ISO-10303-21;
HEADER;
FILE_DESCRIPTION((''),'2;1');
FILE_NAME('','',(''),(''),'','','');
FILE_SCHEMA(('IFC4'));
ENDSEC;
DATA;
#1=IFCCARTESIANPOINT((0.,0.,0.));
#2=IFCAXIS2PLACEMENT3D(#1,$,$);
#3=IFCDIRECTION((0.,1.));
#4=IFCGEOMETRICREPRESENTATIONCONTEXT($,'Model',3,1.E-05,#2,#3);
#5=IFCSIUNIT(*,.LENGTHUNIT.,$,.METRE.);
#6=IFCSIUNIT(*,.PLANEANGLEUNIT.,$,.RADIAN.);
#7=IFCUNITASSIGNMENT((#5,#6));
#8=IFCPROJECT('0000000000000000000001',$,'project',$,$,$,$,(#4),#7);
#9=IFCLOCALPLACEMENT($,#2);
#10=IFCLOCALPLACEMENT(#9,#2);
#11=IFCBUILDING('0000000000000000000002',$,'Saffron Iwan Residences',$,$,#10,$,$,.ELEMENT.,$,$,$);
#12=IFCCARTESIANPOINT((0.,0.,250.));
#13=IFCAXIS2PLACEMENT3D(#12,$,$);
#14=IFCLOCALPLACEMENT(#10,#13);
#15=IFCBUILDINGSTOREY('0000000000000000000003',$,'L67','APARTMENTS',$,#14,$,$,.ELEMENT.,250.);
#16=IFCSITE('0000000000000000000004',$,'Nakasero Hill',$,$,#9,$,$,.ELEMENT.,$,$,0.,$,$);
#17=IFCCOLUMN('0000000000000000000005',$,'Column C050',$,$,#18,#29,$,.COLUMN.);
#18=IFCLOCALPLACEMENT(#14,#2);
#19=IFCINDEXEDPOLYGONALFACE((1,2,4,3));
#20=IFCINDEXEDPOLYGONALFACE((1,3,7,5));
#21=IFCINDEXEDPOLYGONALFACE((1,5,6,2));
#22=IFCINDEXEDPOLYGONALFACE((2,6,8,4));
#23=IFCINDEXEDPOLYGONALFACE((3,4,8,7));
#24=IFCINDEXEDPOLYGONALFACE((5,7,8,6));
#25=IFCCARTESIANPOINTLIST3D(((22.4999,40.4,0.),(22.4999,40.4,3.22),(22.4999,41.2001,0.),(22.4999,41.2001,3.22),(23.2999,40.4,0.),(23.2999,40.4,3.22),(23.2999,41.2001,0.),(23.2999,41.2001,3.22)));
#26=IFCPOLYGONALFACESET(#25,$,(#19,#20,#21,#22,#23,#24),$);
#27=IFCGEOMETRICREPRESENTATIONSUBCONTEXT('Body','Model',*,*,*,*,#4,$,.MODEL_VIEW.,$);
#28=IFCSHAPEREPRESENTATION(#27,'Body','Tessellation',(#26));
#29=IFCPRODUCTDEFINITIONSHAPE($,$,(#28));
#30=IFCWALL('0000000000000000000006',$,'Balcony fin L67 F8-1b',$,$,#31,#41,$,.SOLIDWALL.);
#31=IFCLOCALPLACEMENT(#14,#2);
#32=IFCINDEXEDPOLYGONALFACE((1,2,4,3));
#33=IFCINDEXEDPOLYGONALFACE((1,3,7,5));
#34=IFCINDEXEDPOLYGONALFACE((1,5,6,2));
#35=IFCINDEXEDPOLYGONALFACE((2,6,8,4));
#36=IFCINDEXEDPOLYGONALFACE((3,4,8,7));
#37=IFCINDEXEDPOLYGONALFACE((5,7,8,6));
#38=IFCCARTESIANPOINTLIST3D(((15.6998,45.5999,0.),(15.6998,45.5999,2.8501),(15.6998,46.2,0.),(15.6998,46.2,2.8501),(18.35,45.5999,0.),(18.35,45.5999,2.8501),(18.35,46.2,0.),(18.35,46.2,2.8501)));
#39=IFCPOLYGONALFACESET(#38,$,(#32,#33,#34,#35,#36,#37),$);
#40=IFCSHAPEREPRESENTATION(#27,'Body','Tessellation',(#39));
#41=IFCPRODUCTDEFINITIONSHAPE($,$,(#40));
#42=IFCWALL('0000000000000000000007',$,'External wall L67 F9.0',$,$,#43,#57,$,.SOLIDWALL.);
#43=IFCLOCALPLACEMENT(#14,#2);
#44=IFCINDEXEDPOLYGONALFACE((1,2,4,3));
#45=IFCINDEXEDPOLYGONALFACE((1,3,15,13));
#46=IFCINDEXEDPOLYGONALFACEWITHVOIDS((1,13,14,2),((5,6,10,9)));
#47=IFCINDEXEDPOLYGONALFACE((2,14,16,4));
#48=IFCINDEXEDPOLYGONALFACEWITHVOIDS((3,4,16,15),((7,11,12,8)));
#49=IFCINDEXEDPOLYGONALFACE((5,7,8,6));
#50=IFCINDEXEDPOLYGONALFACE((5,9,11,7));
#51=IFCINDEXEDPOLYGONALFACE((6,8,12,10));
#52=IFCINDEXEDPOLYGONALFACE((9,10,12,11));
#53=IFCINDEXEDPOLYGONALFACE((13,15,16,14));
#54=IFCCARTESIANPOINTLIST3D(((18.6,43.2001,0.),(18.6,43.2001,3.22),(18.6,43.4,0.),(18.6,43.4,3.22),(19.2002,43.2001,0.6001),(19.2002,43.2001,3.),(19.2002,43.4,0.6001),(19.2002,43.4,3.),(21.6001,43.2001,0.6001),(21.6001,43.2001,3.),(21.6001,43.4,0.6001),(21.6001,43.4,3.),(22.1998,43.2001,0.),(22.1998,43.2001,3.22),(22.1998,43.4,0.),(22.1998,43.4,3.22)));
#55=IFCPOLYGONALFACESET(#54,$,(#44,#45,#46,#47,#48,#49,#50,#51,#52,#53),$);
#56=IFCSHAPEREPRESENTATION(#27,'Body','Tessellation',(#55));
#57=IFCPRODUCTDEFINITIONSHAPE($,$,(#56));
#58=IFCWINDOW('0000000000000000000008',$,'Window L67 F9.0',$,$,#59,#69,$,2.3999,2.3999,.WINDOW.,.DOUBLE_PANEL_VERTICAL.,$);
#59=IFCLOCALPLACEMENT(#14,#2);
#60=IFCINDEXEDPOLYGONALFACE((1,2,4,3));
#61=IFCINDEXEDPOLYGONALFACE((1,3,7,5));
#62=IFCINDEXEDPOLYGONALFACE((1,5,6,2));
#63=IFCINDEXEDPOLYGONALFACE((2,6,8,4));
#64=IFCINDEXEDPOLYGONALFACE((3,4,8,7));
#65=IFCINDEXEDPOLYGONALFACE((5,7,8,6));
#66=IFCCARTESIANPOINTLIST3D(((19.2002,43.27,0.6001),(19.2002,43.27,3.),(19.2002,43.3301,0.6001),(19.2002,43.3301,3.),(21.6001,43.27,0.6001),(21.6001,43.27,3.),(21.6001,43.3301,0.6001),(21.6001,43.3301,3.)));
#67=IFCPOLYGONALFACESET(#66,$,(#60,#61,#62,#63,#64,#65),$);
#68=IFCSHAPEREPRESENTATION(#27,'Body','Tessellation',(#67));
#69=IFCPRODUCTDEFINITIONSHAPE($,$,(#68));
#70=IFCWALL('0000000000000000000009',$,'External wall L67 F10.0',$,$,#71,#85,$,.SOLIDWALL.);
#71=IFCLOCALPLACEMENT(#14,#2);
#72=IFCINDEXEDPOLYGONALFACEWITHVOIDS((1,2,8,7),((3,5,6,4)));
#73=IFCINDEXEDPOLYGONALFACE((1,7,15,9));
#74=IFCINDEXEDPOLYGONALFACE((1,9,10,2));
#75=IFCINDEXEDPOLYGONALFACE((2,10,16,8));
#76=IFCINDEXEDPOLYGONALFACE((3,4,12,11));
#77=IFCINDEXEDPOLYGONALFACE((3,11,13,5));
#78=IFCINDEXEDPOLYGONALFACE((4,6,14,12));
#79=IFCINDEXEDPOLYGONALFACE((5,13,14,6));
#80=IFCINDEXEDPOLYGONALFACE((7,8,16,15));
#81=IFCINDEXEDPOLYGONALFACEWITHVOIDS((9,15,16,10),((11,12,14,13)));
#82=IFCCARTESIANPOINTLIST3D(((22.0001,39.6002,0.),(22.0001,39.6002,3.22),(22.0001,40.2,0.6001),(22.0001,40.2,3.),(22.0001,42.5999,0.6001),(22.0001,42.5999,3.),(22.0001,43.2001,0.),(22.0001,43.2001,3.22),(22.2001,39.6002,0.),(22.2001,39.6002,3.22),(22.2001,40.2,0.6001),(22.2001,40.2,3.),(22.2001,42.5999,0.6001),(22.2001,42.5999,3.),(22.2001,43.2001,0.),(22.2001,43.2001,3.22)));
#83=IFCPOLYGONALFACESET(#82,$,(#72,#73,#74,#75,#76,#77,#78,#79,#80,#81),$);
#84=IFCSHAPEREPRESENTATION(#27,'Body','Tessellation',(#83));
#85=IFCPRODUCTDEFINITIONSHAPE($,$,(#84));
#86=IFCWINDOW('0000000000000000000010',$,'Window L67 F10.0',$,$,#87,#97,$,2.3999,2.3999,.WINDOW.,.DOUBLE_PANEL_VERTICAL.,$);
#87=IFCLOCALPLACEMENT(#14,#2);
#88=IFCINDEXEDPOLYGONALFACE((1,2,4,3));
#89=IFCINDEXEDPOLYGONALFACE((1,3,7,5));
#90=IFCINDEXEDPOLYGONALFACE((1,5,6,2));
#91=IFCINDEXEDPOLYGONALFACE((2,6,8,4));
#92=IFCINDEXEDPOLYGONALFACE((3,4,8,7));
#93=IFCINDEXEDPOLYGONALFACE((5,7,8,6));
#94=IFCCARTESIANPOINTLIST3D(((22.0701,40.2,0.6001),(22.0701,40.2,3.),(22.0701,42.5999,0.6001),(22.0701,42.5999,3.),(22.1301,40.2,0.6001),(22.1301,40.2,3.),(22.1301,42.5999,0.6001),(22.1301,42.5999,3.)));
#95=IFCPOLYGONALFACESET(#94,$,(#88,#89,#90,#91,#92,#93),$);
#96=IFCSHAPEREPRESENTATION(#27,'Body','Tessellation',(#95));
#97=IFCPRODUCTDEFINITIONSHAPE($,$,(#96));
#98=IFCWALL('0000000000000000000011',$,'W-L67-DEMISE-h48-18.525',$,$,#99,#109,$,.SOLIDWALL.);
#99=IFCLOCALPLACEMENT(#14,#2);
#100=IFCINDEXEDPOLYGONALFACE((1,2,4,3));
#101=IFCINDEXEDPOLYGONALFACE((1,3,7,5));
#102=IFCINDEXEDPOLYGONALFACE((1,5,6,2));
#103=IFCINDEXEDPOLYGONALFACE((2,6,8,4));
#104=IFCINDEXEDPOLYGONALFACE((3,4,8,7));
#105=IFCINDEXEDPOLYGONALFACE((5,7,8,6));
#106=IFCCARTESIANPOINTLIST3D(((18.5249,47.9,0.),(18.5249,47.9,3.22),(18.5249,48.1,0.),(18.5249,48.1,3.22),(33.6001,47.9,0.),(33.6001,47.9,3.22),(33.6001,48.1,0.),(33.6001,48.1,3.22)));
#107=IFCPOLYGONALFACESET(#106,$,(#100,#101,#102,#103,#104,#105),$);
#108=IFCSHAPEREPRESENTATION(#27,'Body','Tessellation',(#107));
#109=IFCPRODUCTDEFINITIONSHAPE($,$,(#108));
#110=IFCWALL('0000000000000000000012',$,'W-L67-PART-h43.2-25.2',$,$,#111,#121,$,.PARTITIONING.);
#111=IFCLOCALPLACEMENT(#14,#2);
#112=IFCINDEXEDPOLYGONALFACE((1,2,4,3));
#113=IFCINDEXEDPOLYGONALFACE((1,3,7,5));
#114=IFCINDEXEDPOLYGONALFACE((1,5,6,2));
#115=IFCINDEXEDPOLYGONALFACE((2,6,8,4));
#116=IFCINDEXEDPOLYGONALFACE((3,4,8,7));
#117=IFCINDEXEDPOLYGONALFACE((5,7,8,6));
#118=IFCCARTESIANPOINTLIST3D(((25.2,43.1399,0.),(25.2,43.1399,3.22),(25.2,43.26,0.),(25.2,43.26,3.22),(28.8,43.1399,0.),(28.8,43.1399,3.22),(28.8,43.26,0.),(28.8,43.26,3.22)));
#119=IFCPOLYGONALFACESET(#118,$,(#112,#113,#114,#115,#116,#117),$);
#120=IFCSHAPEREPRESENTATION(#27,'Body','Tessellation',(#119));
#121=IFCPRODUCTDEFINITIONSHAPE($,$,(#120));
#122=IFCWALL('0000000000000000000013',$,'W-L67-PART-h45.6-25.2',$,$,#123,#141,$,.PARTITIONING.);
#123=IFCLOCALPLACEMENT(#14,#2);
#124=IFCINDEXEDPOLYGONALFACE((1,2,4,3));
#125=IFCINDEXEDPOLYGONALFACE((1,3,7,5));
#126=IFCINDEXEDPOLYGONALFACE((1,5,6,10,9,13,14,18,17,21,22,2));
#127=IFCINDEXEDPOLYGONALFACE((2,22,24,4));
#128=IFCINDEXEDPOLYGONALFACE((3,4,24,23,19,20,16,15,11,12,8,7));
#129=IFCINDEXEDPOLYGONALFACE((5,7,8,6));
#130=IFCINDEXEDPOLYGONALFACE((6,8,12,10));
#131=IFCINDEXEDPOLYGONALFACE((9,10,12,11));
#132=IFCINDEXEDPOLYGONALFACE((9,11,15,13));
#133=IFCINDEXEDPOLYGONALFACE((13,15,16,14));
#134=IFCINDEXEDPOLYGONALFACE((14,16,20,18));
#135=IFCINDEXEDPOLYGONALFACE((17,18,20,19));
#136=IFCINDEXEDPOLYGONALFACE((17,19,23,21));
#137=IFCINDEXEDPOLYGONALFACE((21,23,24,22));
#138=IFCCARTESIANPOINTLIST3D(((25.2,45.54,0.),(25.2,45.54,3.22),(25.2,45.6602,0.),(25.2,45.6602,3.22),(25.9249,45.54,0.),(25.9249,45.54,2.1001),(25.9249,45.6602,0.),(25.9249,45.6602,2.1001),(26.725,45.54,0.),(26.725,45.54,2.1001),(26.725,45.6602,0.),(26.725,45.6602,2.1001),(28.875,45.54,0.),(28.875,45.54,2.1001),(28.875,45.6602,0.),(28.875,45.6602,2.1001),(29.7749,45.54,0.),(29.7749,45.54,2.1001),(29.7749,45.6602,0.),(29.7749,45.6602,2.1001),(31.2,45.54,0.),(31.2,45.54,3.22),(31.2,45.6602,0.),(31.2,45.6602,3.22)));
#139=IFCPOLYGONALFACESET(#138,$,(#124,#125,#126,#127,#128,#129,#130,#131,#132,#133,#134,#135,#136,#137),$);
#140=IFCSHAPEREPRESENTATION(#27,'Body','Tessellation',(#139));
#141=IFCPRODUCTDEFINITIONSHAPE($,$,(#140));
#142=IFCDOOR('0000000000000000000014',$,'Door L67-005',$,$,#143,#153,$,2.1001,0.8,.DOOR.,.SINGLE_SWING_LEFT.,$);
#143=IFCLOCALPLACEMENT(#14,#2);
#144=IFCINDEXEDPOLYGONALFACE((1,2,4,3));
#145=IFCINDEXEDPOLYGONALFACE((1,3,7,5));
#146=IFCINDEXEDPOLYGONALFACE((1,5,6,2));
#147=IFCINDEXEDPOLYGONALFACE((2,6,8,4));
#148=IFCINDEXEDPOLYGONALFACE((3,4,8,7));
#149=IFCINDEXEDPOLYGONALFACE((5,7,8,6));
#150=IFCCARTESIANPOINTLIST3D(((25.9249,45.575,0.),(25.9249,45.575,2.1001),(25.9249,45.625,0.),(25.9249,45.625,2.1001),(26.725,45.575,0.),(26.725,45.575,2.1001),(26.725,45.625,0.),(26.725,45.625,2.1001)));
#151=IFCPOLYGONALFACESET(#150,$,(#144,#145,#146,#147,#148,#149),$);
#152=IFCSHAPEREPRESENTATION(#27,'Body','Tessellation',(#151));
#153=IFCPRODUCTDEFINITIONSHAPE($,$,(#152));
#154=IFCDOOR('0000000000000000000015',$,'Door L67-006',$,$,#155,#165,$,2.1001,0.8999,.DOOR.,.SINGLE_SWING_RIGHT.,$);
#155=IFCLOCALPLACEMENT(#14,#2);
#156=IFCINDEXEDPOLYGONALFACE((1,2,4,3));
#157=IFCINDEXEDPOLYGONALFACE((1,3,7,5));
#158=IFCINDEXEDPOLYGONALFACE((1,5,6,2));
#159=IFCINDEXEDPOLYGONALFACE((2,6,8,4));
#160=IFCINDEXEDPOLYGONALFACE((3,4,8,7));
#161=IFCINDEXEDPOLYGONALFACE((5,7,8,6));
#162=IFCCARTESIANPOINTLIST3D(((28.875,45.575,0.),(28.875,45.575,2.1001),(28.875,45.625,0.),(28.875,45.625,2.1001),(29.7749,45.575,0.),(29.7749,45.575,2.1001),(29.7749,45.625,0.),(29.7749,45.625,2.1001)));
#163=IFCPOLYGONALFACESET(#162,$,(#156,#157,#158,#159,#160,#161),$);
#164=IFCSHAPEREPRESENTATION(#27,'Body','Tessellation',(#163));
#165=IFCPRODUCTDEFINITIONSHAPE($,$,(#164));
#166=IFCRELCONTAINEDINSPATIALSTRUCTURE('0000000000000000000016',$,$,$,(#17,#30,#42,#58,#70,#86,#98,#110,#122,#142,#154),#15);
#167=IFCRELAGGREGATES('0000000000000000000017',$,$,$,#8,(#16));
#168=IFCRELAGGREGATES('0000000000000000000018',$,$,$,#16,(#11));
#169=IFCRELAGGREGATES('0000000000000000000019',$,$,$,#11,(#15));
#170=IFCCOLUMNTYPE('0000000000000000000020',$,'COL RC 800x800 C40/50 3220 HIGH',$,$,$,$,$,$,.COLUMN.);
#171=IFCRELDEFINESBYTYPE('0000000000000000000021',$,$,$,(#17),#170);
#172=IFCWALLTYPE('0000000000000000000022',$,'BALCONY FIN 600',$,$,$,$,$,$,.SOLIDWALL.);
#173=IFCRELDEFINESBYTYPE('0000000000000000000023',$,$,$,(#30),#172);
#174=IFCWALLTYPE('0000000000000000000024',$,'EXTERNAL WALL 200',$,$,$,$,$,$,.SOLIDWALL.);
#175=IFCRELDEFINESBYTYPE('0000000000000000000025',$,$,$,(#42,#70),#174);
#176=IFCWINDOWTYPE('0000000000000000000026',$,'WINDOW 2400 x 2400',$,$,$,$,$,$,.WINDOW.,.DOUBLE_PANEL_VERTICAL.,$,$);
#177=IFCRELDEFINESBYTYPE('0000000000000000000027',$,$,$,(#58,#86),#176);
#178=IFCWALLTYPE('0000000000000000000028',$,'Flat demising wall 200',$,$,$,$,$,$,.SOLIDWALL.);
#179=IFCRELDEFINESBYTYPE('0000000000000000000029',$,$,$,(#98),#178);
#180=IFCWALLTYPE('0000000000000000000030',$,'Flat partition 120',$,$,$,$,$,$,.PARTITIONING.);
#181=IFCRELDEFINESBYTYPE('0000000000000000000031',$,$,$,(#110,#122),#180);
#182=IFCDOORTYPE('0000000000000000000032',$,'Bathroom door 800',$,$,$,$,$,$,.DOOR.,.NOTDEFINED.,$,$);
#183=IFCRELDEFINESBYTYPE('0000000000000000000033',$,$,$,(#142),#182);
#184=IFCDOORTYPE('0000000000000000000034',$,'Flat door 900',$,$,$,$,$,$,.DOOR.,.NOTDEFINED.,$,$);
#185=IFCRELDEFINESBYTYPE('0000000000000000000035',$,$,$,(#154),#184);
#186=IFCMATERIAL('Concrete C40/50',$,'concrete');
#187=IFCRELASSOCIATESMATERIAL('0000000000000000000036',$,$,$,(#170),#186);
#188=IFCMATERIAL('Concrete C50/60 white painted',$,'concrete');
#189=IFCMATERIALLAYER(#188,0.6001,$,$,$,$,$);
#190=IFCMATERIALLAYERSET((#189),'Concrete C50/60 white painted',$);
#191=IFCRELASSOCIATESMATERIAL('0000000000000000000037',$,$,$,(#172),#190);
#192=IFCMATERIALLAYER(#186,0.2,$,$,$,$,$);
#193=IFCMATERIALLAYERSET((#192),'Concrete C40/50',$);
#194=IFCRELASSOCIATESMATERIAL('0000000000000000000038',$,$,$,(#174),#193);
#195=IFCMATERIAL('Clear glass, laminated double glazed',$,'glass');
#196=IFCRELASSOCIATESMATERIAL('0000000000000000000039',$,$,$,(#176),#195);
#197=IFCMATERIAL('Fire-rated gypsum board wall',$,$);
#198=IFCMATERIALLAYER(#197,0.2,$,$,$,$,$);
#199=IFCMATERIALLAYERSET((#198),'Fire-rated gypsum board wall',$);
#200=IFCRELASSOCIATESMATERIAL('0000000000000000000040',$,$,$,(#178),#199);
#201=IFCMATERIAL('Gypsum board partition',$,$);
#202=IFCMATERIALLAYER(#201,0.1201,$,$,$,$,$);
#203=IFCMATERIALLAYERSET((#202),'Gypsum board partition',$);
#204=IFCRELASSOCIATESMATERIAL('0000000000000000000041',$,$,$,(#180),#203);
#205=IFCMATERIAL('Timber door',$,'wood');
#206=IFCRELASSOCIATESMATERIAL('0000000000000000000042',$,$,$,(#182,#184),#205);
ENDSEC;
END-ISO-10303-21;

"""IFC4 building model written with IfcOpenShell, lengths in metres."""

from ifc_helpers import new_model, si_unit, direction, frame, frame_2d, origin, origin_2d, place, context, subcontext, project, spatial, rectangle, extrude, source, transform, mapped, material, layer, layer_set, material_profile, profile_set, type_object, element, fill, save


model = new_model("IFC4")

# Units and contexts
model_context = context("Model", 3, precision=1e-05, world=origin(), true_north=direction((0.0, 1.0)))
body_context = subcontext(model_context, "Body", "Model", "MODEL_VIEW")
ifc_project = project(units=[si_unit("LENGTHUNIT", "METRE"), si_unit("PLANEANGLEUNIT", "RADIAN")], contexts=[model_context])

# Site, building, storey
site_placement = place(None, origin())
site = spatial("IfcSite", under=ifc_project, at=site_placement, Name="Nakasero Hill", CompositionType="ELEMENT", RefElevation=0.0)
building_placement = place(site_placement, origin())
building = spatial("IfcBuilding", under=site, at=building_placement, Name="Saffron Iwan Residences", CompositionType="ELEMENT")
storey_placement = place(building_placement, frame((0.0, 0.0, 250.0)))
storey = spatial("IfcBuildingStorey", under=building, at=storey_placement, Name="L67", Description="APARTMENTS", CompositionType="ELEMENT", Elevation=250.0)

# Column
ifc_material_1 = material(Name="Concrete C40/50", Category="concrete")
ifc_material_profile = material_profile(ifc_material_1, rectangle(XDim=0.8, YDim=0.8, at=origin_2d()), Name="RC 800x800")
ifc_profile_set = profile_set([ifc_material_profile], Name="Concrete C40/50")
column_type = type_object("IfcColumnType", Name="COL RC 800x800 C40/50 3220 HIGH", PredefinedType="COLUMN", material=ifc_profile_set)
shared_shape = source(origin(), body_context, "Body", "SweptSolid", [
    extrude(rectangle(XDim=0.8, YDim=0.8, at=origin_2d()), origin(), (0.0, 0.0, 1.0), 3.22),
])
column_placement = place(storey_placement, frame((22.8999, 40.8, 0.0), z_axis=(0.0, 0.0, 1.0), x_axis=(1.0, 0.0, 0.0)))
element("IfcColumn", 1, at=column_placement, inside=storey, type_object=column_type, Name="Column C050", PredefinedType="COLUMN", context=body_context, shape_type="MappedRepresentation", body=[
    mapped(shared_shape, transform((0.0, 0.0, 0.0))),
])

# Wall
ifc_material_2 = material(Name="Concrete C50/60 white painted", Category="concrete")
ifc_layer_1 = layer(ifc_material_2, 0.6001)
ifc_layer_set_1 = layer_set([ifc_layer_1], Name="Concrete C50/60 white painted")
wall_type_1 = type_object("IfcWallType", Name="BALCONY FIN 600", PredefinedType="SOLIDWALL", material=ifc_layer_set_1)
wall_1_placement = place(storey_placement, frame((18.3501, 45.8999, 0.0), z_axis=(0.0, 0.0, 1.0), x_axis=(-1.0, 0.0, 0.0)))
element("IfcWall", 2, at=wall_1_placement, inside=storey, type_object=wall_type_1, Name="Balcony fin L67 F8-1b", PredefinedType="SOLIDWALL", context=body_context, shape_type="SweptSolid", body=[
    extrude(rectangle(XDim=2.6501, YDim=0.6001, at=frame_2d((1.3252, 0.0))), origin(), (0.0, 0.0, 1.0), 2.8501),
])

# Walls, openings, windows
ifc_layer_2 = layer(ifc_material_1, 0.2)
ifc_layer_set_2 = layer_set([ifc_layer_2], Name="Concrete C40/50")
wall_type_2 = type_object("IfcWallType", Name="EXTERNAL WALL 200", PredefinedType="SOLIDWALL", material=ifc_layer_set_2)
wall_2_placement = place(storey_placement, frame((18.6001, 43.3, 0.0), z_axis=(0.0, 0.0, 1.0), x_axis=(1.0, 0.0, 0.0)))
wall_2 = element("IfcWall", 3, at=wall_2_placement, inside=storey, type_object=wall_type_2, Name="External wall L67 F9.0", PredefinedType="SOLIDWALL", context=body_context, shape_type="SweptSolid", body=[
    extrude(rectangle(XDim=3.5999, YDim=0.2, at=frame_2d((1.7998, 0.0))), origin(), (0.0, 0.0, 1.0), 3.22),
])
opening_1_placement = place(wall_2_placement, frame((0.6001, 0.0, 0.6001)))
opening_1 = element("IfcOpeningElement", 4, at=opening_1_placement, cuts=wall_2, PredefinedType="OPENING", context=body_context, shape_type="SweptSolid", body=[
    extrude(rectangle(XDim=2.3999, YDim=2.3999, at=frame_2d((1.2, 1.2))), frame((0.0, 0.1099, 0.0), z_axis=(0.0, -1.0, 0.0), x_axis=(1.0, 0.0, 0.0)), (0.0, 0.0, 1.0), 0.22),
])
ifc_material_3 = material(Name="Clear glass, laminated double glazed", Category="glass")
window_type = type_object("IfcWindowType", Name="WINDOW 2400 x 2400", PartitioningType="DOUBLE_PANEL_VERTICAL", PredefinedType="WINDOW", material=ifc_material_3)
window_1_placement = place(opening_1_placement, origin())
window_1 = element("IfcWindow", 5, at=window_1_placement, inside=storey, type_object=window_type, Name="Window L67 F9.0", OverallHeight=2.3999, OverallWidth=2.3999, PartitioningType="DOUBLE_PANEL_VERTICAL", PredefinedType="WINDOW", context=body_context, shape_type="SweptSolid", body=[
    extrude(rectangle(XDim=2.3999, YDim=2.3999, at=frame_2d((1.2, 1.2))), frame((0.0, 0.03, 0.0), z_axis=(0.0, -1.0, 0.0), x_axis=(1.0, 0.0, 0.0)), (0.0, 0.0, 1.0), 0.0601),
])
fill(opening_1, window_1)
wall_3_placement = place(storey_placement, frame((22.1001, 43.2, 0.0), z_axis=(0.0, 0.0, 1.0), x_axis=(0.0, -1.0, 0.0)))
wall_3 = element("IfcWall", 6, at=wall_3_placement, inside=storey, type_object=wall_type_2, Name="External wall L67 F10.0", PredefinedType="SOLIDWALL", context=body_context, shape_type="SweptSolid", body=[
    extrude(rectangle(XDim=3.5999, YDim=0.2, at=frame_2d((1.7998, 0.0))), origin(), (0.0, 0.0, 1.0), 3.22),
])
opening_2_placement = place(wall_3_placement, frame((0.6001, 0.0, 0.6001)))
opening_2 = element("IfcOpeningElement", 7, at=opening_2_placement, cuts=wall_3, PredefinedType="OPENING", context=body_context, shape_type="SweptSolid", body=[
    extrude(rectangle(XDim=2.3999, YDim=2.3999, at=frame_2d((1.2, 1.2))), frame((0.0, 0.1099, 0.0), z_axis=(0.0, -1.0, 0.0), x_axis=(1.0, 0.0, 0.0)), (0.0, 0.0, 1.0), 0.22),
])
window_2_placement = place(opening_2_placement, origin())
window_2 = element("IfcWindow", 8, at=window_2_placement, inside=storey, type_object=window_type, Name="Window L67 F10.0", OverallHeight=2.3999, OverallWidth=2.3999, PartitioningType="DOUBLE_PANEL_VERTICAL", PredefinedType="WINDOW", context=body_context, shape_type="SweptSolid", body=[
    extrude(rectangle(XDim=2.3999, YDim=2.3999, at=frame_2d((1.2, 1.2))), frame((0.0, 0.03, 0.0), z_axis=(0.0, -1.0, 0.0), x_axis=(1.0, 0.0, 0.0)), (0.0, 0.0, 1.0), 0.0601),
])
fill(opening_2, window_2)

# Walls
ifc_material_4 = material(Name="Fire-rated gypsum board wall")
ifc_layer_3 = layer(ifc_material_4, 0.2)
ifc_layer_set_3 = layer_set([ifc_layer_3], Name="Fire-rated gypsum board wall")
wall_type_3 = type_object("IfcWallType", Name="Flat demising wall 200", PredefinedType="SOLIDWALL", material=ifc_layer_set_3)
wall_4_placement = place(storey_placement, frame((18.5249, 48.0, 0.0), z_axis=(0.0, 0.0, 1.0), x_axis=(1.0, 0.0, 0.0)))
element("IfcWall", 9, at=wall_4_placement, inside=storey, type_object=wall_type_3, Name="W-L67-DEMISE-h48-18.525", PredefinedType="SOLIDWALL", context=body_context, shape_type="SweptSolid", body=[
    extrude(rectangle(XDim=15.0752, YDim=0.2, at=frame_2d((7.5376, 0.0))), origin(), (0.0, 0.0, 1.0), 3.22),
])
ifc_material_5 = material(Name="Gypsum board partition")
ifc_layer_4 = layer(ifc_material_5, 0.1201)
ifc_layer_set_4 = layer_set([ifc_layer_4], Name="Gypsum board partition")
wall_type_4 = type_object("IfcWallType", Name="Flat partition 120", PredefinedType="PARTITIONING", material=ifc_layer_set_4)
wall_5_placement = place(storey_placement, frame((25.2, 43.2, 0.0), z_axis=(0.0, 0.0, 1.0), x_axis=(1.0, 0.0, 0.0)))
element("IfcWall", 10, at=wall_5_placement, inside=storey, type_object=wall_type_4, Name="W-L67-PART-h43.2-25.2", PredefinedType="PARTITIONING", context=body_context, shape_type="SweptSolid", body=[
    extrude(rectangle(XDim=3.6001, YDim=0.1201, at=frame_2d((1.8, 0.0))), origin(), (0.0, 0.0, 1.0), 3.22),
])

# Wall, openings, doors
wall_6_placement = place(storey_placement, frame((25.2, 45.6001, 0.0), z_axis=(0.0, 0.0, 1.0), x_axis=(1.0, 0.0, 0.0)))
wall_6 = element("IfcWall", 11, at=wall_6_placement, inside=storey, type_object=wall_type_4, Name="W-L67-PART-h45.6-25.2", PredefinedType="PARTITIONING", context=body_context, shape_type="SweptSolid", body=[
    extrude(rectangle(XDim=6.0, YDim=0.1201, at=frame_2d((3.0, 0.0))), origin(), (0.0, 0.0, 1.0), 3.22),
])
opening_3_placement = place(wall_6_placement, frame((0.7251, 0.0, 0.0)))
opening_3 = element("IfcOpeningElement", 12, at=opening_3_placement, cuts=wall_6, PredefinedType="OPENING", context=body_context, shape_type="SweptSolid", body=[
    extrude(rectangle(XDim=0.8, YDim=2.1001, at=frame_2d((0.3999, 1.05))), frame((0.0, 0.0701, 0.0), z_axis=(0.0, -1.0, 0.0), x_axis=(1.0, 0.0, 0.0)), (0.0, 0.0, 1.0), 0.1401),
])
opening_4_placement = place(wall_6_placement, frame((3.675, 0.0, 0.0)))
opening_4 = element("IfcOpeningElement", 13, at=opening_4_placement, cuts=wall_6, PredefinedType="OPENING", context=body_context, shape_type="SweptSolid", body=[
    extrude(rectangle(XDim=0.8999, YDim=2.1001, at=frame_2d((0.45, 1.05))), frame((0.0, 0.0701, 0.0), z_axis=(0.0, -1.0, 0.0), x_axis=(1.0, 0.0, 0.0)), (0.0, 0.0, 1.0), 0.1401),
])
ifc_material_6 = material(Name="Timber door", Category="wood")
door_type_1 = type_object("IfcDoorType", Name="Bathroom door 800", OperationType="NOTDEFINED", PredefinedType="DOOR", material=ifc_material_6)
door_1_placement = place(opening_3_placement, origin())
door_1 = element("IfcDoor", 14, at=door_1_placement, inside=storey, type_object=door_type_1, Name="Door L67-005", OperationType="SINGLE_SWING_LEFT", OverallHeight=2.1001, OverallWidth=0.8, PredefinedType="DOOR", context=body_context, shape_type="SweptSolid", body=[
    extrude(rectangle(XDim=0.8, YDim=2.1001, at=frame_2d((0.3999, 1.05))), frame((0.0, 0.0249, 0.0), z_axis=(0.0, -1.0, 0.0), x_axis=(1.0, 0.0, 0.0)), (0.0, 0.0, 1.0), 0.05),
])
fill(opening_3, door_1)
door_type_2 = type_object("IfcDoorType", Name="Flat door 900", OperationType="NOTDEFINED", PredefinedType="DOOR", material=ifc_material_6)
door_2_placement = place(opening_4_placement, origin())
door_2 = element("IfcDoor", 15, at=door_2_placement, inside=storey, type_object=door_type_2, Name="Door L67-006", OperationType="SINGLE_SWING_RIGHT", OverallHeight=2.1001, OverallWidth=0.8999, PredefinedType="DOOR", context=body_context, shape_type="SweptSolid", body=[
    extrude(rectangle(XDim=0.8999, YDim=2.1001, at=frame_2d((0.45, 1.05))), frame((0.0, 0.0249, 0.0), z_axis=(0.0, -1.0, 0.0), x_axis=(1.0, 0.0, 0.0)), (0.0, 0.0, 1.0), 0.05),
])
fill(opening_4, door_2)

save(model, "model.ifc")
